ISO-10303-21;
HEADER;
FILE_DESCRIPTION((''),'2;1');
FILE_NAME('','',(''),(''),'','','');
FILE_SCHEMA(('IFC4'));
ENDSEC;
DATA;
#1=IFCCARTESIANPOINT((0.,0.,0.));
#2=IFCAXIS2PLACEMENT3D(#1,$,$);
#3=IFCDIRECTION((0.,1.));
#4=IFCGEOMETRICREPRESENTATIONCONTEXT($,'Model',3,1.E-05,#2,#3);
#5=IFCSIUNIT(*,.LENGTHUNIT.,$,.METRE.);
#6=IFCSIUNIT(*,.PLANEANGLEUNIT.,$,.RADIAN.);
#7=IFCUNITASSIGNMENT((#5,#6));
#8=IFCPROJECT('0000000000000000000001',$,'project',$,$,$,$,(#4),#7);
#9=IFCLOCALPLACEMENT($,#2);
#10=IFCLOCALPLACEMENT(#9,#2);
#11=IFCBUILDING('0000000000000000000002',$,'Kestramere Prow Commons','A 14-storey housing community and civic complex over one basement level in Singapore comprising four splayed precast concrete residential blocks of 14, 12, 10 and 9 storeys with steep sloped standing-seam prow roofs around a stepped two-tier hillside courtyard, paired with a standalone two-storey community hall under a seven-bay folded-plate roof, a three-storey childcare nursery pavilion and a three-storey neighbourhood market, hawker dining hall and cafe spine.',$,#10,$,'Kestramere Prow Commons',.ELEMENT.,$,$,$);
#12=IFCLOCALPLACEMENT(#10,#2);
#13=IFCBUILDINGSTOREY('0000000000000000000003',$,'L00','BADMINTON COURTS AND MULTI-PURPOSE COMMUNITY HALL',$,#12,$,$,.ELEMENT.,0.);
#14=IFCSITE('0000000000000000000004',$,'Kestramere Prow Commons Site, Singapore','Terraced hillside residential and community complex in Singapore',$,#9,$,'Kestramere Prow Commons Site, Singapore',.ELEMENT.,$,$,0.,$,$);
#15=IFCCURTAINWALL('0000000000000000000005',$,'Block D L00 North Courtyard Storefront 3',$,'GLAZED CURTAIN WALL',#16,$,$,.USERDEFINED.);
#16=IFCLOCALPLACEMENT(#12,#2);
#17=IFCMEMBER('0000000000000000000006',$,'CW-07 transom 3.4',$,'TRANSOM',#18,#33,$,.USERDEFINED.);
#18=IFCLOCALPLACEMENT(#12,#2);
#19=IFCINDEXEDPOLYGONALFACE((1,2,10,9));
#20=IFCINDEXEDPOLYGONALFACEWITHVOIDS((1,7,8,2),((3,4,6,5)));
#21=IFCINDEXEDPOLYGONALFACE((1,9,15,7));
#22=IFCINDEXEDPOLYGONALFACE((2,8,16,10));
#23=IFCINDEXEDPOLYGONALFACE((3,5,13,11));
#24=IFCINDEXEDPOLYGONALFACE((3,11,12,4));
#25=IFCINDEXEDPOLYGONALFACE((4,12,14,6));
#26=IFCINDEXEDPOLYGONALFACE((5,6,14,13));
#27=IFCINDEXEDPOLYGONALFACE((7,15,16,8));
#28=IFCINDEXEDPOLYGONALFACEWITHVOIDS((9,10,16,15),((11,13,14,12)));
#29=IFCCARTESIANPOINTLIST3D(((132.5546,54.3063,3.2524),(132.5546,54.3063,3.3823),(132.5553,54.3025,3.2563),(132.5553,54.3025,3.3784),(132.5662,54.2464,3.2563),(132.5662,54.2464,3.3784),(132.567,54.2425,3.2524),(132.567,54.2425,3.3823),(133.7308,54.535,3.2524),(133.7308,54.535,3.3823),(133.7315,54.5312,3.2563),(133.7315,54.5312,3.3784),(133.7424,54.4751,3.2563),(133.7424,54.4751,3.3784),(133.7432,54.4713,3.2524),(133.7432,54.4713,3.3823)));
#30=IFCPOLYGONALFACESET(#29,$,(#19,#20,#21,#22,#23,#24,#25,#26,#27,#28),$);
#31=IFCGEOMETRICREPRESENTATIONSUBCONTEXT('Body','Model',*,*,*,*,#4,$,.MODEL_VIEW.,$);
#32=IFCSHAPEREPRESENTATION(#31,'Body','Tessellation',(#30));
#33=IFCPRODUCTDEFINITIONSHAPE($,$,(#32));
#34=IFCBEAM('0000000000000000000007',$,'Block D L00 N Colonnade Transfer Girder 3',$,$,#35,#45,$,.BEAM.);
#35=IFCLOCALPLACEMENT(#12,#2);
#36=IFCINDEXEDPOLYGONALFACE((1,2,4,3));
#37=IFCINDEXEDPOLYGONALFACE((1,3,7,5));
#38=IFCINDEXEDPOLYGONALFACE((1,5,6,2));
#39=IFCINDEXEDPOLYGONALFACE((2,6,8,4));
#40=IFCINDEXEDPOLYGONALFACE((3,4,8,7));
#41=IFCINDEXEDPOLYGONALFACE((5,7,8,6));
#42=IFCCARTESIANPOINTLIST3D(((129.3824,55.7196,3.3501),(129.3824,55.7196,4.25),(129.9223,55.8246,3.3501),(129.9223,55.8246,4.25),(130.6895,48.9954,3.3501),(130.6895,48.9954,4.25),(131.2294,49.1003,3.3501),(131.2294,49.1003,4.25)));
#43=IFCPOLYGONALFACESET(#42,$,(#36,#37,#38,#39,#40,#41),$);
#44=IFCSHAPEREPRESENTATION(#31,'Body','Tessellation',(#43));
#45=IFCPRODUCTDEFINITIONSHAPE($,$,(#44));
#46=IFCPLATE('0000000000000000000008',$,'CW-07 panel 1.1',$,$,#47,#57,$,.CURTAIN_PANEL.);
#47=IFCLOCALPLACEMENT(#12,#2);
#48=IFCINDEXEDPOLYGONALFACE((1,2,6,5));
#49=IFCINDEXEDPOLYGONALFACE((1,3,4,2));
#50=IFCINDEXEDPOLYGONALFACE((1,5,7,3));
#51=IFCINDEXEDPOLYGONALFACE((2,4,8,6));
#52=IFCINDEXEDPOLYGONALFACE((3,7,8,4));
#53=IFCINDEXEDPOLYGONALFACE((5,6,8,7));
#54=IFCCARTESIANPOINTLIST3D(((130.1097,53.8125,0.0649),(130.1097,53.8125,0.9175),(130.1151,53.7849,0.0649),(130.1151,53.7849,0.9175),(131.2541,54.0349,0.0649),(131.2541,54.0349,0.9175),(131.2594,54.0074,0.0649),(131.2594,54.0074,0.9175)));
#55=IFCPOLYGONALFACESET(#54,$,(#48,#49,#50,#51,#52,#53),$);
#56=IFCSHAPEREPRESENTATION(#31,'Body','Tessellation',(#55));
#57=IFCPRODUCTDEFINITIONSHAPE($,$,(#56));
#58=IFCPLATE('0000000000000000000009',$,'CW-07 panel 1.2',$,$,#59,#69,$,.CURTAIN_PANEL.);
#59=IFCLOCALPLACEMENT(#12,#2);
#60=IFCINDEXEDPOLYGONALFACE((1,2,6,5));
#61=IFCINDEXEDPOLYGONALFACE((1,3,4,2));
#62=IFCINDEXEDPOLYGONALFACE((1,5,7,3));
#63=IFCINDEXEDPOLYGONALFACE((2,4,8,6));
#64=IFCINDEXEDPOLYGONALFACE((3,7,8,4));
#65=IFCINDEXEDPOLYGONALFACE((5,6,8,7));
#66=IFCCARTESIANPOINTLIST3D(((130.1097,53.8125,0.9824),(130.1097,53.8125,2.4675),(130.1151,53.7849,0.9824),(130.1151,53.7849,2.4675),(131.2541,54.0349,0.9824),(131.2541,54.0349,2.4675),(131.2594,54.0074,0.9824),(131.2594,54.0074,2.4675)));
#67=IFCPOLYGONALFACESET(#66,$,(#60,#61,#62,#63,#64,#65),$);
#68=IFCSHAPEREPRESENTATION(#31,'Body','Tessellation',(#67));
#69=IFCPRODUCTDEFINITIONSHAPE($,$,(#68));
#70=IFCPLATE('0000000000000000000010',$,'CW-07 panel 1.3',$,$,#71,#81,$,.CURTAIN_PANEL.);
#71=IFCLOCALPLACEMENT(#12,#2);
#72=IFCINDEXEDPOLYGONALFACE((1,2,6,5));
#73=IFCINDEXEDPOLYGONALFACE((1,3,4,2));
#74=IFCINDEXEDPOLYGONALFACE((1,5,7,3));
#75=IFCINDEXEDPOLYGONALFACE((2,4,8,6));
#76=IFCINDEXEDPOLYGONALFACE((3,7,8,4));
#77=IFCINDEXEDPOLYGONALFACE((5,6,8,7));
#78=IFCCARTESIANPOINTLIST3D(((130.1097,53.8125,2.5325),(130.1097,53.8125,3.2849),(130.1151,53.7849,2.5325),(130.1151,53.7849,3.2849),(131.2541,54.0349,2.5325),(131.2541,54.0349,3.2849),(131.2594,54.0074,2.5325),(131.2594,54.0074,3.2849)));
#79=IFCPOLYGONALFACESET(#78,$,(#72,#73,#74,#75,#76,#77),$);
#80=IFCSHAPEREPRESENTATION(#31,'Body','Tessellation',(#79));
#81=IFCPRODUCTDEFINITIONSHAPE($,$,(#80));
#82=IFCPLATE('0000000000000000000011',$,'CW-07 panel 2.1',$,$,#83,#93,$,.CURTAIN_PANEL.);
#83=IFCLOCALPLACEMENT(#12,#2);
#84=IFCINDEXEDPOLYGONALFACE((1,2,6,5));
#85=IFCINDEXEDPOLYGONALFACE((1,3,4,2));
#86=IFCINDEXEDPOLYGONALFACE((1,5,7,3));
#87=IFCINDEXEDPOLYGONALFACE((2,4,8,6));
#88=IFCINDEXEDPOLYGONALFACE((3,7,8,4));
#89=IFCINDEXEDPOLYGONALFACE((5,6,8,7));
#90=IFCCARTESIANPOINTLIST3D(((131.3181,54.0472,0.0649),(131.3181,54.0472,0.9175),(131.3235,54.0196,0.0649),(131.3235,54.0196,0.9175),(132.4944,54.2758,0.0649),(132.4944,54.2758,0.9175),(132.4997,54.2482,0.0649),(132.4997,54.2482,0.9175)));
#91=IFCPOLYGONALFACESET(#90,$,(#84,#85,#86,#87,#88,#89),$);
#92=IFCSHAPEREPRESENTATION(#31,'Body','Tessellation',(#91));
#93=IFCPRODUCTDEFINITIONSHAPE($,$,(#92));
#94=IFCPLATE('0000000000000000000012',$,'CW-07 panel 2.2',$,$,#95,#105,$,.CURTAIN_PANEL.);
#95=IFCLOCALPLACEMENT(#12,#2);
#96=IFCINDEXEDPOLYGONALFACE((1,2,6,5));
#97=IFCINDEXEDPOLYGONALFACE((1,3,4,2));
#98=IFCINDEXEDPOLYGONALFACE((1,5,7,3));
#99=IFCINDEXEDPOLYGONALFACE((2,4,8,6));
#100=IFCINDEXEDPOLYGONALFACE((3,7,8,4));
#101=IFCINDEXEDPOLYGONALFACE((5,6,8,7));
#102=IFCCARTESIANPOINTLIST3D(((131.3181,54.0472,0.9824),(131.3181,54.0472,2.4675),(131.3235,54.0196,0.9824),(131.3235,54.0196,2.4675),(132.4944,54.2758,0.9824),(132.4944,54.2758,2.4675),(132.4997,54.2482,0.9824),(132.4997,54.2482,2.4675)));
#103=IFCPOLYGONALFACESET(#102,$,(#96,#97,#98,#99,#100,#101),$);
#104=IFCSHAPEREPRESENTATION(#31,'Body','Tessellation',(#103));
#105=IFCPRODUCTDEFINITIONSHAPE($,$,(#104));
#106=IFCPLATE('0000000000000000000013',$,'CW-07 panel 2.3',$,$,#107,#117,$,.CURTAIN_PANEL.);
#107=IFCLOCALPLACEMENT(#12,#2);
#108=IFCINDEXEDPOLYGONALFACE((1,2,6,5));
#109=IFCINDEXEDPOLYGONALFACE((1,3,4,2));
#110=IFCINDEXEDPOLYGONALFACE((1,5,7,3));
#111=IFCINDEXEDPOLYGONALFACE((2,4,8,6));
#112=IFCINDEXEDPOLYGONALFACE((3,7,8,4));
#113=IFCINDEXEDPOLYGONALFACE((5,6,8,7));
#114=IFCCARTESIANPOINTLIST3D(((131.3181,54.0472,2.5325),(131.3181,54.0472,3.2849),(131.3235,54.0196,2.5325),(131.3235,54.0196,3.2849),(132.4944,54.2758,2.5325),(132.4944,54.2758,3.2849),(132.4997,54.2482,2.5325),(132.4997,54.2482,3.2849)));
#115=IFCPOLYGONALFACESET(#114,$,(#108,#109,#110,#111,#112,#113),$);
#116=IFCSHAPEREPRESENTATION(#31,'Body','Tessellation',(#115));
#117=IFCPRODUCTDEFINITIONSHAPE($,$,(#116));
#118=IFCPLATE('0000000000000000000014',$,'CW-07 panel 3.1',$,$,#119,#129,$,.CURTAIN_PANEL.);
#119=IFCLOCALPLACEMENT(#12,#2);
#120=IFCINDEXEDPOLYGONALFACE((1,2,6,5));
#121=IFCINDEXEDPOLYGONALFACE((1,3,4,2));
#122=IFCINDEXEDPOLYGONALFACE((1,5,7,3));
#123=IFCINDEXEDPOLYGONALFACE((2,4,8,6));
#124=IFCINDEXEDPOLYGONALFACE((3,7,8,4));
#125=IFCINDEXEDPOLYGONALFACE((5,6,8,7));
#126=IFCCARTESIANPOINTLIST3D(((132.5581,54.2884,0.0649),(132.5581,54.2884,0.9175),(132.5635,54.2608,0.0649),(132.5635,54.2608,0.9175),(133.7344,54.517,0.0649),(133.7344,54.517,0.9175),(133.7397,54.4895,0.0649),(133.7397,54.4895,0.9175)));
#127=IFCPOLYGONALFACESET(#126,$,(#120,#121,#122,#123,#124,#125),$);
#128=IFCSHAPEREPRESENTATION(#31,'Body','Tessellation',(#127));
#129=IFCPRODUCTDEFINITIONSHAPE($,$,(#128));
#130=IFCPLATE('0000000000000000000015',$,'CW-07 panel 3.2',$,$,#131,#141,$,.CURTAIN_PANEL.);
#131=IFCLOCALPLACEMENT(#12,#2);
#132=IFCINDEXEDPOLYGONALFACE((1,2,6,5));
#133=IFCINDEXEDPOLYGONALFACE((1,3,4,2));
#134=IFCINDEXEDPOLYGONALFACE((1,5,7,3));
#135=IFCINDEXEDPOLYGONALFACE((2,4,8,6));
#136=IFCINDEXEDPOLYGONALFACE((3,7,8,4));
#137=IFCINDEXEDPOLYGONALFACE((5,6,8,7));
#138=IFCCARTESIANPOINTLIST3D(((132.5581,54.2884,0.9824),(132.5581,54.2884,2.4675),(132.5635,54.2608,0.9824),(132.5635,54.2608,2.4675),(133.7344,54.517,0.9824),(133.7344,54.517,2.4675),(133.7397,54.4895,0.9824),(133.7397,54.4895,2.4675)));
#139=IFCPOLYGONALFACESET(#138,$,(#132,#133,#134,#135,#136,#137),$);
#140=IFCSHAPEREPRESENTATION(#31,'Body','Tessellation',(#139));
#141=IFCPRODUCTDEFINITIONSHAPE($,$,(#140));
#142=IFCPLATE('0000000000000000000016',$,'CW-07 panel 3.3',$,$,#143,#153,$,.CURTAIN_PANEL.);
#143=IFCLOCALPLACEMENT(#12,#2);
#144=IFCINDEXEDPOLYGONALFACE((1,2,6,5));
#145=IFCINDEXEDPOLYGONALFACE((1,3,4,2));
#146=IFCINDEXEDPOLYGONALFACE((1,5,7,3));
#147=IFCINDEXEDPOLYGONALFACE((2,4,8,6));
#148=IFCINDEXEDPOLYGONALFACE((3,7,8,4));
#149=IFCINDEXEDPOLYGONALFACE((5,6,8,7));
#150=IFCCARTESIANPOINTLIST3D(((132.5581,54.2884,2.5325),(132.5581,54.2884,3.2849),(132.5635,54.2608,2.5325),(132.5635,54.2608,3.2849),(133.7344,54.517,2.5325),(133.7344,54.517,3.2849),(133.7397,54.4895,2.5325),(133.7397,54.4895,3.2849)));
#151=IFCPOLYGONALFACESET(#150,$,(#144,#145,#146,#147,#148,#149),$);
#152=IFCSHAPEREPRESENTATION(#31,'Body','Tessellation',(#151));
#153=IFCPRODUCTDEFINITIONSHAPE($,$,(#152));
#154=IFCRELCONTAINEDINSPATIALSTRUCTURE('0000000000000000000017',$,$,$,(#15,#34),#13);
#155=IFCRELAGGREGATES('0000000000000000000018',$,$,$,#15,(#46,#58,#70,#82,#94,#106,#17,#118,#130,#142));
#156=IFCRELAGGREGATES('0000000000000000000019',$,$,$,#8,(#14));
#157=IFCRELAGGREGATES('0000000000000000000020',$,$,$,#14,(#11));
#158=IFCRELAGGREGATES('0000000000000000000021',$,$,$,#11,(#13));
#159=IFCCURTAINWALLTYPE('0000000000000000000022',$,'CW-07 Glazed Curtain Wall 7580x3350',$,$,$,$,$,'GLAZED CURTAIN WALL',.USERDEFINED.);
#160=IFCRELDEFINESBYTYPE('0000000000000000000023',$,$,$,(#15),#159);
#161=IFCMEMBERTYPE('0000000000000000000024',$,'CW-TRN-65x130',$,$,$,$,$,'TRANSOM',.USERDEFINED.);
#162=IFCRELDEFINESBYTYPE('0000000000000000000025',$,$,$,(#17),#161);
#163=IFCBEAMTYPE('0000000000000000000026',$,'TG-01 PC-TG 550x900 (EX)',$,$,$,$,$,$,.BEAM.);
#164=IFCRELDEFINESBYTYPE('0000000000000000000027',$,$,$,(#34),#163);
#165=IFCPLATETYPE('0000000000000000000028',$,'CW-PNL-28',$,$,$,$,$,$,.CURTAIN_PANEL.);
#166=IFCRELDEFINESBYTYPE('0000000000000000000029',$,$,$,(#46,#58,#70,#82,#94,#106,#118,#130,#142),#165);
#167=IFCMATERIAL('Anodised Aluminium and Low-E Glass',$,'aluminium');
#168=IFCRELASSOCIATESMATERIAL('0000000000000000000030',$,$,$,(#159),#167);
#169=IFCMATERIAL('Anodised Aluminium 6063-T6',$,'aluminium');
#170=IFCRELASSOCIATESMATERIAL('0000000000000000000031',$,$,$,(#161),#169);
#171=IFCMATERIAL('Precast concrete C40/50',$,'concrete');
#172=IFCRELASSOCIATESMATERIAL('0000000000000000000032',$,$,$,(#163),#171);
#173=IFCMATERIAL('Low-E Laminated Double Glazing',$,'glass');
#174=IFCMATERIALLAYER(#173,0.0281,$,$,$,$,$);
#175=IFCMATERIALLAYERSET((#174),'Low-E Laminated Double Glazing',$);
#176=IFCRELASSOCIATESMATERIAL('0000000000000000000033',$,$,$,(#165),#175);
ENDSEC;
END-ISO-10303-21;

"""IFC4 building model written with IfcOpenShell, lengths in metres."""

from ifc_helpers import new_model, si_unit, direction, frame, origin, origin_2d, place, context, subcontext, project, spatial, rectangle, hollow_rectangle, extrude, material, layer, layer_set, material_profile, profile_set, type_object, element, aggregate, save


model = new_model("IFC4")

# Units and contexts
model_context = context("Model", 3, precision=1e-05, world=origin(), true_north=direction((0.0, 1.0)))
body_context = subcontext(model_context, "Body", "Model", "MODEL_VIEW")
ifc_project = project(units=[si_unit("LENGTHUNIT", "METRE"), si_unit("PLANEANGLEUNIT", "RADIAN")], contexts=[model_context])

# Site, building, storey
site_placement = place(None, origin())
site = spatial("IfcSite", under=ifc_project, at=site_placement, Name="Kestramere Prow Commons Site, Singapore", Description="Terraced hillside residential and community complex in Singapore", LongName="Kestramere Prow Commons Site, Singapore", CompositionType="ELEMENT", RefElevation=0.0)
building_placement = place(site_placement, origin())
building = spatial("IfcBuilding", under=site, at=building_placement, Name="Kestramere Prow Commons", Description="A 14-storey housing community and civic complex over one basement level in Singapore comprising four splayed precast concrete residential blocks of 14, 12, 10 and 9 storeys with steep sloped standing-seam prow roofs around a stepped two-tier hillside courtyard, paired with a standalone two-storey community hall under a seven-bay folded-plate roof, a three-storey childcare nursery pavilion and a three-storey neighbourhood market, hawker dining hall and cafe spine.", LongName="Kestramere Prow Commons", CompositionType="ELEMENT")
storey_placement = place(building_placement, origin())
storey = spatial("IfcBuildingStorey", under=building, at=storey_placement, Name="L00", Description="BADMINTON COURTS AND MULTI-PURPOSE COMMUNITY HALL", CompositionType="ELEMENT", Elevation=0.0)

# Shared definitions
ifc_material_1 = material(Name="Precast concrete C40/50", Category="concrete")

# Shared definitions
ifc_material_2 = material(Name="Anodised Aluminium and Low-E Glass", Category="aluminium")
curtain_wall_type = type_object("IfcCurtainWallType", Name="CW-07 Glazed Curtain Wall 7580x3350", ElementType="GLAZED CURTAIN WALL", PredefinedType="USERDEFINED", material=ifc_material_2)
ifc_material_3 = material(Name="Anodised Aluminium 6063-T6", Category="aluminium")

# Curtain wall, member
curtain_wall_1_placement = place(storey_placement, origin())
curtain_wall_1 = element("IfcCurtainWall", 1, at=curtain_wall_1_placement, inside=storey, type_object=curtain_wall_type, Name="Block D L00 North Courtyard Storefront 3", ObjectType="GLAZED CURTAIN WALL", PredefinedType="USERDEFINED")
ifc_material_profile_1 = material_profile(ifc_material_3, hollow_rectangle(XDim=0.0649, YDim=0.1299, WallThickness=0.0039, at=origin_2d()), Name="ALU-TRN 65x130")
ifc_profile_set_1 = profile_set([ifc_material_profile_1], Name="Anodised Aluminium 6063-T6")
member_type_1 = type_object("IfcMemberType", Name="CW-TRN-65x130", ElementType="TRANSOM", PredefinedType="USERDEFINED", material=ifc_profile_set_1)
member_1_placement = place(storey_placement, frame((132.5608, 54.2744, 3.3174), z_axis=(0.981609, 0.190902, 0.0), x_axis=(-0.190902, 0.981609, 0.0)))
member_1 = element("IfcMember", 2, at=member_1_placement, type_object=member_type_1, Name="CW-07 transom 3.4", ObjectType="TRANSOM", PredefinedType="USERDEFINED", context=body_context, shape_type="SweptSolid", body=[
    extrude(hollow_rectangle(XDim=0.0649, YDim=0.1299, WallThickness=0.0039, at=origin_2d()), origin(), (0.0, 0.0, 1.0), 1.1982),
])

# Beam
ifc_material_profile_2 = material_profile(ifc_material_1, rectangle(XDim=0.55, YDim=0.8999, at=origin_2d()), Name="PC-TG 550x900")
ifc_profile_set_2 = profile_set([ifc_material_profile_2], Name="Precast concrete C40/50")
beam_type_1 = type_object("IfcBeamType", Name="TG-01 PC-TG 550x900 (EX)", PredefinedType="BEAM", material=ifc_profile_set_2)
beam_1_placement = place(storey_placement, frame((130.9595, 49.0479, 3.8), z_axis=(-0.190822, 0.981625, 0.0), x_axis=(-0.981625, -0.190822, 0.0)))
element("IfcBeam", 3, at=beam_1_placement, inside=storey, type_object=beam_type_1, Name="Block D L00 N Colonnade Transfer Girder 3", PredefinedType="BEAM", context=body_context, shape_type="SweptSolid", body=[
    extrude(rectangle(XDim=0.55, YDim=0.8999, at=origin_2d()), origin(), (0.0, 0.0, 1.0), 6.8501),
])

# Plates
ifc_material_4 = material(Name="Low-E Laminated Double Glazing", Category="glass")
ifc_layer = layer(ifc_material_4, 0.0281)
ifc_layer_set = layer_set([ifc_layer], Name="Low-E Laminated Double Glazing")
plate_type = type_object("IfcPlateType", Name="CW-PNL-28", PredefinedType="CURTAIN_PANEL", material=ifc_layer_set)
plate_1_placement = place(storey_placement, frame((130.6846, 53.9099, 0.0649), z_axis=(0.0, 0.0, 1.0), x_axis=(0.981627, 0.190809, 0.0)))
plate_1 = element("IfcPlate", 4, at=plate_1_placement, type_object=plate_type, Name="CW-07 panel 1.1", PredefinedType="CURTAIN_PANEL", context=body_context, shape_type="SweptSolid", body=[
    extrude(rectangle(XDim=1.1658, YDim=0.0281, at=origin_2d()), origin(), (0.0, 0.0, 1.0), 0.8525),
])
plate_2_placement = place(storey_placement, frame((130.6846, 53.9099, 0.9824), z_axis=(0.0, 0.0, 1.0), x_axis=(0.981627, 0.190809, 0.0)))
plate_2 = element("IfcPlate", 5, at=plate_2_placement, type_object=plate_type, Name="CW-07 panel 1.2", PredefinedType="CURTAIN_PANEL", context=body_context, shape_type="SweptSolid", body=[
    extrude(rectangle(XDim=1.1658, YDim=0.0281, at=origin_2d()), origin(), (0.0, 0.0, 1.0), 1.4851),
])
plate_3_placement = place(storey_placement, frame((130.6846, 53.9099, 2.5325), z_axis=(0.0, 0.0, 1.0), x_axis=(0.981627, 0.190809, 0.0)))
plate_3 = element("IfcPlate", 6, at=plate_3_placement, type_object=plate_type, Name="CW-07 panel 1.3", PredefinedType="CURTAIN_PANEL", context=body_context, shape_type="SweptSolid", body=[
    extrude(rectangle(XDim=1.1658, YDim=0.0281, at=origin_2d()), origin(), (0.0, 0.0, 1.0), 0.7524),
])
plate_4_placement = place(storey_placement, frame((131.9089, 54.1477, 0.0649), z_axis=(0.0, 0.0, 1.0), x_axis=(0.981627, 0.190809, 0.0)))
plate_4 = element("IfcPlate", 7, at=plate_4_placement, type_object=plate_type, Name="CW-07 panel 2.1", PredefinedType="CURTAIN_PANEL", context=body_context, shape_type="SweptSolid", body=[
    extrude(rectangle(XDim=1.1982, YDim=0.0281, at=origin_2d()), origin(), (0.0, 0.0, 1.0), 0.8525),
])
plate_5_placement = place(storey_placement, frame((131.9089, 54.1477, 0.9824), z_axis=(0.0, 0.0, 1.0), x_axis=(0.981627, 0.190809, 0.0)))
plate_5 = element("IfcPlate", 8, at=plate_5_placement, type_object=plate_type, Name="CW-07 panel 2.2", PredefinedType="CURTAIN_PANEL", context=body_context, shape_type="SweptSolid", body=[
    extrude(rectangle(XDim=1.1982, YDim=0.0281, at=origin_2d()), origin(), (0.0, 0.0, 1.0), 1.4851),
])
plate_6_placement = place(storey_placement, frame((131.9089, 54.1477, 2.5325), z_axis=(0.0, 0.0, 1.0), x_axis=(0.981627, 0.190809, 0.0)))
plate_6 = element("IfcPlate", 9, at=plate_6_placement, type_object=plate_type, Name="CW-07 panel 2.3", PredefinedType="CURTAIN_PANEL", context=body_context, shape_type="SweptSolid", body=[
    extrude(rectangle(XDim=1.1982, YDim=0.0281, at=origin_2d()), origin(), (0.0, 0.0, 1.0), 0.7524),
])
plate_7_placement = place(storey_placement, frame((133.1489, 54.3889, 0.0649), z_axis=(0.0, 0.0, 1.0), x_axis=(0.981627, 0.190809, 0.0)))
plate_7 = element("IfcPlate", 10, at=plate_7_placement, type_object=plate_type, Name="CW-07 panel 3.1", PredefinedType="CURTAIN_PANEL", context=body_context, shape_type="SweptSolid", body=[
    extrude(rectangle(XDim=1.1982, YDim=0.0281, at=origin_2d()), origin(), (0.0, 0.0, 1.0), 0.8525),
])
plate_8_placement = place(storey_placement, frame((133.1489, 54.3889, 0.9824), z_axis=(0.0, 0.0, 1.0), x_axis=(0.981627, 0.190809, 0.0)))
plate_8 = element("IfcPlate", 11, at=plate_8_placement, type_object=plate_type, Name="CW-07 panel 3.2", PredefinedType="CURTAIN_PANEL", context=body_context, shape_type="SweptSolid", body=[
    extrude(rectangle(XDim=1.1982, YDim=0.0281, at=origin_2d()), origin(), (0.0, 0.0, 1.0), 1.4851),
])
plate_9_placement = place(storey_placement, frame((133.1489, 54.3889, 2.5325), z_axis=(0.0, 0.0, 1.0), x_axis=(0.981627, 0.190809, 0.0)))
plate_9 = element("IfcPlate", 12, at=plate_9_placement, type_object=plate_type, Name="CW-07 panel 3.3", PredefinedType="CURTAIN_PANEL", context=body_context, shape_type="SweptSolid", body=[
    extrude(rectangle(XDim=1.1982, YDim=0.0281, at=origin_2d()), origin(), (0.0, 0.0, 1.0), 0.7524),
])
aggregate(curtain_wall_1, [plate_1, plate_2, plate_3, plate_4, plate_5, plate_6, member_1, plate_7, plate_8, plate_9])

save(model, "model.ifc")
